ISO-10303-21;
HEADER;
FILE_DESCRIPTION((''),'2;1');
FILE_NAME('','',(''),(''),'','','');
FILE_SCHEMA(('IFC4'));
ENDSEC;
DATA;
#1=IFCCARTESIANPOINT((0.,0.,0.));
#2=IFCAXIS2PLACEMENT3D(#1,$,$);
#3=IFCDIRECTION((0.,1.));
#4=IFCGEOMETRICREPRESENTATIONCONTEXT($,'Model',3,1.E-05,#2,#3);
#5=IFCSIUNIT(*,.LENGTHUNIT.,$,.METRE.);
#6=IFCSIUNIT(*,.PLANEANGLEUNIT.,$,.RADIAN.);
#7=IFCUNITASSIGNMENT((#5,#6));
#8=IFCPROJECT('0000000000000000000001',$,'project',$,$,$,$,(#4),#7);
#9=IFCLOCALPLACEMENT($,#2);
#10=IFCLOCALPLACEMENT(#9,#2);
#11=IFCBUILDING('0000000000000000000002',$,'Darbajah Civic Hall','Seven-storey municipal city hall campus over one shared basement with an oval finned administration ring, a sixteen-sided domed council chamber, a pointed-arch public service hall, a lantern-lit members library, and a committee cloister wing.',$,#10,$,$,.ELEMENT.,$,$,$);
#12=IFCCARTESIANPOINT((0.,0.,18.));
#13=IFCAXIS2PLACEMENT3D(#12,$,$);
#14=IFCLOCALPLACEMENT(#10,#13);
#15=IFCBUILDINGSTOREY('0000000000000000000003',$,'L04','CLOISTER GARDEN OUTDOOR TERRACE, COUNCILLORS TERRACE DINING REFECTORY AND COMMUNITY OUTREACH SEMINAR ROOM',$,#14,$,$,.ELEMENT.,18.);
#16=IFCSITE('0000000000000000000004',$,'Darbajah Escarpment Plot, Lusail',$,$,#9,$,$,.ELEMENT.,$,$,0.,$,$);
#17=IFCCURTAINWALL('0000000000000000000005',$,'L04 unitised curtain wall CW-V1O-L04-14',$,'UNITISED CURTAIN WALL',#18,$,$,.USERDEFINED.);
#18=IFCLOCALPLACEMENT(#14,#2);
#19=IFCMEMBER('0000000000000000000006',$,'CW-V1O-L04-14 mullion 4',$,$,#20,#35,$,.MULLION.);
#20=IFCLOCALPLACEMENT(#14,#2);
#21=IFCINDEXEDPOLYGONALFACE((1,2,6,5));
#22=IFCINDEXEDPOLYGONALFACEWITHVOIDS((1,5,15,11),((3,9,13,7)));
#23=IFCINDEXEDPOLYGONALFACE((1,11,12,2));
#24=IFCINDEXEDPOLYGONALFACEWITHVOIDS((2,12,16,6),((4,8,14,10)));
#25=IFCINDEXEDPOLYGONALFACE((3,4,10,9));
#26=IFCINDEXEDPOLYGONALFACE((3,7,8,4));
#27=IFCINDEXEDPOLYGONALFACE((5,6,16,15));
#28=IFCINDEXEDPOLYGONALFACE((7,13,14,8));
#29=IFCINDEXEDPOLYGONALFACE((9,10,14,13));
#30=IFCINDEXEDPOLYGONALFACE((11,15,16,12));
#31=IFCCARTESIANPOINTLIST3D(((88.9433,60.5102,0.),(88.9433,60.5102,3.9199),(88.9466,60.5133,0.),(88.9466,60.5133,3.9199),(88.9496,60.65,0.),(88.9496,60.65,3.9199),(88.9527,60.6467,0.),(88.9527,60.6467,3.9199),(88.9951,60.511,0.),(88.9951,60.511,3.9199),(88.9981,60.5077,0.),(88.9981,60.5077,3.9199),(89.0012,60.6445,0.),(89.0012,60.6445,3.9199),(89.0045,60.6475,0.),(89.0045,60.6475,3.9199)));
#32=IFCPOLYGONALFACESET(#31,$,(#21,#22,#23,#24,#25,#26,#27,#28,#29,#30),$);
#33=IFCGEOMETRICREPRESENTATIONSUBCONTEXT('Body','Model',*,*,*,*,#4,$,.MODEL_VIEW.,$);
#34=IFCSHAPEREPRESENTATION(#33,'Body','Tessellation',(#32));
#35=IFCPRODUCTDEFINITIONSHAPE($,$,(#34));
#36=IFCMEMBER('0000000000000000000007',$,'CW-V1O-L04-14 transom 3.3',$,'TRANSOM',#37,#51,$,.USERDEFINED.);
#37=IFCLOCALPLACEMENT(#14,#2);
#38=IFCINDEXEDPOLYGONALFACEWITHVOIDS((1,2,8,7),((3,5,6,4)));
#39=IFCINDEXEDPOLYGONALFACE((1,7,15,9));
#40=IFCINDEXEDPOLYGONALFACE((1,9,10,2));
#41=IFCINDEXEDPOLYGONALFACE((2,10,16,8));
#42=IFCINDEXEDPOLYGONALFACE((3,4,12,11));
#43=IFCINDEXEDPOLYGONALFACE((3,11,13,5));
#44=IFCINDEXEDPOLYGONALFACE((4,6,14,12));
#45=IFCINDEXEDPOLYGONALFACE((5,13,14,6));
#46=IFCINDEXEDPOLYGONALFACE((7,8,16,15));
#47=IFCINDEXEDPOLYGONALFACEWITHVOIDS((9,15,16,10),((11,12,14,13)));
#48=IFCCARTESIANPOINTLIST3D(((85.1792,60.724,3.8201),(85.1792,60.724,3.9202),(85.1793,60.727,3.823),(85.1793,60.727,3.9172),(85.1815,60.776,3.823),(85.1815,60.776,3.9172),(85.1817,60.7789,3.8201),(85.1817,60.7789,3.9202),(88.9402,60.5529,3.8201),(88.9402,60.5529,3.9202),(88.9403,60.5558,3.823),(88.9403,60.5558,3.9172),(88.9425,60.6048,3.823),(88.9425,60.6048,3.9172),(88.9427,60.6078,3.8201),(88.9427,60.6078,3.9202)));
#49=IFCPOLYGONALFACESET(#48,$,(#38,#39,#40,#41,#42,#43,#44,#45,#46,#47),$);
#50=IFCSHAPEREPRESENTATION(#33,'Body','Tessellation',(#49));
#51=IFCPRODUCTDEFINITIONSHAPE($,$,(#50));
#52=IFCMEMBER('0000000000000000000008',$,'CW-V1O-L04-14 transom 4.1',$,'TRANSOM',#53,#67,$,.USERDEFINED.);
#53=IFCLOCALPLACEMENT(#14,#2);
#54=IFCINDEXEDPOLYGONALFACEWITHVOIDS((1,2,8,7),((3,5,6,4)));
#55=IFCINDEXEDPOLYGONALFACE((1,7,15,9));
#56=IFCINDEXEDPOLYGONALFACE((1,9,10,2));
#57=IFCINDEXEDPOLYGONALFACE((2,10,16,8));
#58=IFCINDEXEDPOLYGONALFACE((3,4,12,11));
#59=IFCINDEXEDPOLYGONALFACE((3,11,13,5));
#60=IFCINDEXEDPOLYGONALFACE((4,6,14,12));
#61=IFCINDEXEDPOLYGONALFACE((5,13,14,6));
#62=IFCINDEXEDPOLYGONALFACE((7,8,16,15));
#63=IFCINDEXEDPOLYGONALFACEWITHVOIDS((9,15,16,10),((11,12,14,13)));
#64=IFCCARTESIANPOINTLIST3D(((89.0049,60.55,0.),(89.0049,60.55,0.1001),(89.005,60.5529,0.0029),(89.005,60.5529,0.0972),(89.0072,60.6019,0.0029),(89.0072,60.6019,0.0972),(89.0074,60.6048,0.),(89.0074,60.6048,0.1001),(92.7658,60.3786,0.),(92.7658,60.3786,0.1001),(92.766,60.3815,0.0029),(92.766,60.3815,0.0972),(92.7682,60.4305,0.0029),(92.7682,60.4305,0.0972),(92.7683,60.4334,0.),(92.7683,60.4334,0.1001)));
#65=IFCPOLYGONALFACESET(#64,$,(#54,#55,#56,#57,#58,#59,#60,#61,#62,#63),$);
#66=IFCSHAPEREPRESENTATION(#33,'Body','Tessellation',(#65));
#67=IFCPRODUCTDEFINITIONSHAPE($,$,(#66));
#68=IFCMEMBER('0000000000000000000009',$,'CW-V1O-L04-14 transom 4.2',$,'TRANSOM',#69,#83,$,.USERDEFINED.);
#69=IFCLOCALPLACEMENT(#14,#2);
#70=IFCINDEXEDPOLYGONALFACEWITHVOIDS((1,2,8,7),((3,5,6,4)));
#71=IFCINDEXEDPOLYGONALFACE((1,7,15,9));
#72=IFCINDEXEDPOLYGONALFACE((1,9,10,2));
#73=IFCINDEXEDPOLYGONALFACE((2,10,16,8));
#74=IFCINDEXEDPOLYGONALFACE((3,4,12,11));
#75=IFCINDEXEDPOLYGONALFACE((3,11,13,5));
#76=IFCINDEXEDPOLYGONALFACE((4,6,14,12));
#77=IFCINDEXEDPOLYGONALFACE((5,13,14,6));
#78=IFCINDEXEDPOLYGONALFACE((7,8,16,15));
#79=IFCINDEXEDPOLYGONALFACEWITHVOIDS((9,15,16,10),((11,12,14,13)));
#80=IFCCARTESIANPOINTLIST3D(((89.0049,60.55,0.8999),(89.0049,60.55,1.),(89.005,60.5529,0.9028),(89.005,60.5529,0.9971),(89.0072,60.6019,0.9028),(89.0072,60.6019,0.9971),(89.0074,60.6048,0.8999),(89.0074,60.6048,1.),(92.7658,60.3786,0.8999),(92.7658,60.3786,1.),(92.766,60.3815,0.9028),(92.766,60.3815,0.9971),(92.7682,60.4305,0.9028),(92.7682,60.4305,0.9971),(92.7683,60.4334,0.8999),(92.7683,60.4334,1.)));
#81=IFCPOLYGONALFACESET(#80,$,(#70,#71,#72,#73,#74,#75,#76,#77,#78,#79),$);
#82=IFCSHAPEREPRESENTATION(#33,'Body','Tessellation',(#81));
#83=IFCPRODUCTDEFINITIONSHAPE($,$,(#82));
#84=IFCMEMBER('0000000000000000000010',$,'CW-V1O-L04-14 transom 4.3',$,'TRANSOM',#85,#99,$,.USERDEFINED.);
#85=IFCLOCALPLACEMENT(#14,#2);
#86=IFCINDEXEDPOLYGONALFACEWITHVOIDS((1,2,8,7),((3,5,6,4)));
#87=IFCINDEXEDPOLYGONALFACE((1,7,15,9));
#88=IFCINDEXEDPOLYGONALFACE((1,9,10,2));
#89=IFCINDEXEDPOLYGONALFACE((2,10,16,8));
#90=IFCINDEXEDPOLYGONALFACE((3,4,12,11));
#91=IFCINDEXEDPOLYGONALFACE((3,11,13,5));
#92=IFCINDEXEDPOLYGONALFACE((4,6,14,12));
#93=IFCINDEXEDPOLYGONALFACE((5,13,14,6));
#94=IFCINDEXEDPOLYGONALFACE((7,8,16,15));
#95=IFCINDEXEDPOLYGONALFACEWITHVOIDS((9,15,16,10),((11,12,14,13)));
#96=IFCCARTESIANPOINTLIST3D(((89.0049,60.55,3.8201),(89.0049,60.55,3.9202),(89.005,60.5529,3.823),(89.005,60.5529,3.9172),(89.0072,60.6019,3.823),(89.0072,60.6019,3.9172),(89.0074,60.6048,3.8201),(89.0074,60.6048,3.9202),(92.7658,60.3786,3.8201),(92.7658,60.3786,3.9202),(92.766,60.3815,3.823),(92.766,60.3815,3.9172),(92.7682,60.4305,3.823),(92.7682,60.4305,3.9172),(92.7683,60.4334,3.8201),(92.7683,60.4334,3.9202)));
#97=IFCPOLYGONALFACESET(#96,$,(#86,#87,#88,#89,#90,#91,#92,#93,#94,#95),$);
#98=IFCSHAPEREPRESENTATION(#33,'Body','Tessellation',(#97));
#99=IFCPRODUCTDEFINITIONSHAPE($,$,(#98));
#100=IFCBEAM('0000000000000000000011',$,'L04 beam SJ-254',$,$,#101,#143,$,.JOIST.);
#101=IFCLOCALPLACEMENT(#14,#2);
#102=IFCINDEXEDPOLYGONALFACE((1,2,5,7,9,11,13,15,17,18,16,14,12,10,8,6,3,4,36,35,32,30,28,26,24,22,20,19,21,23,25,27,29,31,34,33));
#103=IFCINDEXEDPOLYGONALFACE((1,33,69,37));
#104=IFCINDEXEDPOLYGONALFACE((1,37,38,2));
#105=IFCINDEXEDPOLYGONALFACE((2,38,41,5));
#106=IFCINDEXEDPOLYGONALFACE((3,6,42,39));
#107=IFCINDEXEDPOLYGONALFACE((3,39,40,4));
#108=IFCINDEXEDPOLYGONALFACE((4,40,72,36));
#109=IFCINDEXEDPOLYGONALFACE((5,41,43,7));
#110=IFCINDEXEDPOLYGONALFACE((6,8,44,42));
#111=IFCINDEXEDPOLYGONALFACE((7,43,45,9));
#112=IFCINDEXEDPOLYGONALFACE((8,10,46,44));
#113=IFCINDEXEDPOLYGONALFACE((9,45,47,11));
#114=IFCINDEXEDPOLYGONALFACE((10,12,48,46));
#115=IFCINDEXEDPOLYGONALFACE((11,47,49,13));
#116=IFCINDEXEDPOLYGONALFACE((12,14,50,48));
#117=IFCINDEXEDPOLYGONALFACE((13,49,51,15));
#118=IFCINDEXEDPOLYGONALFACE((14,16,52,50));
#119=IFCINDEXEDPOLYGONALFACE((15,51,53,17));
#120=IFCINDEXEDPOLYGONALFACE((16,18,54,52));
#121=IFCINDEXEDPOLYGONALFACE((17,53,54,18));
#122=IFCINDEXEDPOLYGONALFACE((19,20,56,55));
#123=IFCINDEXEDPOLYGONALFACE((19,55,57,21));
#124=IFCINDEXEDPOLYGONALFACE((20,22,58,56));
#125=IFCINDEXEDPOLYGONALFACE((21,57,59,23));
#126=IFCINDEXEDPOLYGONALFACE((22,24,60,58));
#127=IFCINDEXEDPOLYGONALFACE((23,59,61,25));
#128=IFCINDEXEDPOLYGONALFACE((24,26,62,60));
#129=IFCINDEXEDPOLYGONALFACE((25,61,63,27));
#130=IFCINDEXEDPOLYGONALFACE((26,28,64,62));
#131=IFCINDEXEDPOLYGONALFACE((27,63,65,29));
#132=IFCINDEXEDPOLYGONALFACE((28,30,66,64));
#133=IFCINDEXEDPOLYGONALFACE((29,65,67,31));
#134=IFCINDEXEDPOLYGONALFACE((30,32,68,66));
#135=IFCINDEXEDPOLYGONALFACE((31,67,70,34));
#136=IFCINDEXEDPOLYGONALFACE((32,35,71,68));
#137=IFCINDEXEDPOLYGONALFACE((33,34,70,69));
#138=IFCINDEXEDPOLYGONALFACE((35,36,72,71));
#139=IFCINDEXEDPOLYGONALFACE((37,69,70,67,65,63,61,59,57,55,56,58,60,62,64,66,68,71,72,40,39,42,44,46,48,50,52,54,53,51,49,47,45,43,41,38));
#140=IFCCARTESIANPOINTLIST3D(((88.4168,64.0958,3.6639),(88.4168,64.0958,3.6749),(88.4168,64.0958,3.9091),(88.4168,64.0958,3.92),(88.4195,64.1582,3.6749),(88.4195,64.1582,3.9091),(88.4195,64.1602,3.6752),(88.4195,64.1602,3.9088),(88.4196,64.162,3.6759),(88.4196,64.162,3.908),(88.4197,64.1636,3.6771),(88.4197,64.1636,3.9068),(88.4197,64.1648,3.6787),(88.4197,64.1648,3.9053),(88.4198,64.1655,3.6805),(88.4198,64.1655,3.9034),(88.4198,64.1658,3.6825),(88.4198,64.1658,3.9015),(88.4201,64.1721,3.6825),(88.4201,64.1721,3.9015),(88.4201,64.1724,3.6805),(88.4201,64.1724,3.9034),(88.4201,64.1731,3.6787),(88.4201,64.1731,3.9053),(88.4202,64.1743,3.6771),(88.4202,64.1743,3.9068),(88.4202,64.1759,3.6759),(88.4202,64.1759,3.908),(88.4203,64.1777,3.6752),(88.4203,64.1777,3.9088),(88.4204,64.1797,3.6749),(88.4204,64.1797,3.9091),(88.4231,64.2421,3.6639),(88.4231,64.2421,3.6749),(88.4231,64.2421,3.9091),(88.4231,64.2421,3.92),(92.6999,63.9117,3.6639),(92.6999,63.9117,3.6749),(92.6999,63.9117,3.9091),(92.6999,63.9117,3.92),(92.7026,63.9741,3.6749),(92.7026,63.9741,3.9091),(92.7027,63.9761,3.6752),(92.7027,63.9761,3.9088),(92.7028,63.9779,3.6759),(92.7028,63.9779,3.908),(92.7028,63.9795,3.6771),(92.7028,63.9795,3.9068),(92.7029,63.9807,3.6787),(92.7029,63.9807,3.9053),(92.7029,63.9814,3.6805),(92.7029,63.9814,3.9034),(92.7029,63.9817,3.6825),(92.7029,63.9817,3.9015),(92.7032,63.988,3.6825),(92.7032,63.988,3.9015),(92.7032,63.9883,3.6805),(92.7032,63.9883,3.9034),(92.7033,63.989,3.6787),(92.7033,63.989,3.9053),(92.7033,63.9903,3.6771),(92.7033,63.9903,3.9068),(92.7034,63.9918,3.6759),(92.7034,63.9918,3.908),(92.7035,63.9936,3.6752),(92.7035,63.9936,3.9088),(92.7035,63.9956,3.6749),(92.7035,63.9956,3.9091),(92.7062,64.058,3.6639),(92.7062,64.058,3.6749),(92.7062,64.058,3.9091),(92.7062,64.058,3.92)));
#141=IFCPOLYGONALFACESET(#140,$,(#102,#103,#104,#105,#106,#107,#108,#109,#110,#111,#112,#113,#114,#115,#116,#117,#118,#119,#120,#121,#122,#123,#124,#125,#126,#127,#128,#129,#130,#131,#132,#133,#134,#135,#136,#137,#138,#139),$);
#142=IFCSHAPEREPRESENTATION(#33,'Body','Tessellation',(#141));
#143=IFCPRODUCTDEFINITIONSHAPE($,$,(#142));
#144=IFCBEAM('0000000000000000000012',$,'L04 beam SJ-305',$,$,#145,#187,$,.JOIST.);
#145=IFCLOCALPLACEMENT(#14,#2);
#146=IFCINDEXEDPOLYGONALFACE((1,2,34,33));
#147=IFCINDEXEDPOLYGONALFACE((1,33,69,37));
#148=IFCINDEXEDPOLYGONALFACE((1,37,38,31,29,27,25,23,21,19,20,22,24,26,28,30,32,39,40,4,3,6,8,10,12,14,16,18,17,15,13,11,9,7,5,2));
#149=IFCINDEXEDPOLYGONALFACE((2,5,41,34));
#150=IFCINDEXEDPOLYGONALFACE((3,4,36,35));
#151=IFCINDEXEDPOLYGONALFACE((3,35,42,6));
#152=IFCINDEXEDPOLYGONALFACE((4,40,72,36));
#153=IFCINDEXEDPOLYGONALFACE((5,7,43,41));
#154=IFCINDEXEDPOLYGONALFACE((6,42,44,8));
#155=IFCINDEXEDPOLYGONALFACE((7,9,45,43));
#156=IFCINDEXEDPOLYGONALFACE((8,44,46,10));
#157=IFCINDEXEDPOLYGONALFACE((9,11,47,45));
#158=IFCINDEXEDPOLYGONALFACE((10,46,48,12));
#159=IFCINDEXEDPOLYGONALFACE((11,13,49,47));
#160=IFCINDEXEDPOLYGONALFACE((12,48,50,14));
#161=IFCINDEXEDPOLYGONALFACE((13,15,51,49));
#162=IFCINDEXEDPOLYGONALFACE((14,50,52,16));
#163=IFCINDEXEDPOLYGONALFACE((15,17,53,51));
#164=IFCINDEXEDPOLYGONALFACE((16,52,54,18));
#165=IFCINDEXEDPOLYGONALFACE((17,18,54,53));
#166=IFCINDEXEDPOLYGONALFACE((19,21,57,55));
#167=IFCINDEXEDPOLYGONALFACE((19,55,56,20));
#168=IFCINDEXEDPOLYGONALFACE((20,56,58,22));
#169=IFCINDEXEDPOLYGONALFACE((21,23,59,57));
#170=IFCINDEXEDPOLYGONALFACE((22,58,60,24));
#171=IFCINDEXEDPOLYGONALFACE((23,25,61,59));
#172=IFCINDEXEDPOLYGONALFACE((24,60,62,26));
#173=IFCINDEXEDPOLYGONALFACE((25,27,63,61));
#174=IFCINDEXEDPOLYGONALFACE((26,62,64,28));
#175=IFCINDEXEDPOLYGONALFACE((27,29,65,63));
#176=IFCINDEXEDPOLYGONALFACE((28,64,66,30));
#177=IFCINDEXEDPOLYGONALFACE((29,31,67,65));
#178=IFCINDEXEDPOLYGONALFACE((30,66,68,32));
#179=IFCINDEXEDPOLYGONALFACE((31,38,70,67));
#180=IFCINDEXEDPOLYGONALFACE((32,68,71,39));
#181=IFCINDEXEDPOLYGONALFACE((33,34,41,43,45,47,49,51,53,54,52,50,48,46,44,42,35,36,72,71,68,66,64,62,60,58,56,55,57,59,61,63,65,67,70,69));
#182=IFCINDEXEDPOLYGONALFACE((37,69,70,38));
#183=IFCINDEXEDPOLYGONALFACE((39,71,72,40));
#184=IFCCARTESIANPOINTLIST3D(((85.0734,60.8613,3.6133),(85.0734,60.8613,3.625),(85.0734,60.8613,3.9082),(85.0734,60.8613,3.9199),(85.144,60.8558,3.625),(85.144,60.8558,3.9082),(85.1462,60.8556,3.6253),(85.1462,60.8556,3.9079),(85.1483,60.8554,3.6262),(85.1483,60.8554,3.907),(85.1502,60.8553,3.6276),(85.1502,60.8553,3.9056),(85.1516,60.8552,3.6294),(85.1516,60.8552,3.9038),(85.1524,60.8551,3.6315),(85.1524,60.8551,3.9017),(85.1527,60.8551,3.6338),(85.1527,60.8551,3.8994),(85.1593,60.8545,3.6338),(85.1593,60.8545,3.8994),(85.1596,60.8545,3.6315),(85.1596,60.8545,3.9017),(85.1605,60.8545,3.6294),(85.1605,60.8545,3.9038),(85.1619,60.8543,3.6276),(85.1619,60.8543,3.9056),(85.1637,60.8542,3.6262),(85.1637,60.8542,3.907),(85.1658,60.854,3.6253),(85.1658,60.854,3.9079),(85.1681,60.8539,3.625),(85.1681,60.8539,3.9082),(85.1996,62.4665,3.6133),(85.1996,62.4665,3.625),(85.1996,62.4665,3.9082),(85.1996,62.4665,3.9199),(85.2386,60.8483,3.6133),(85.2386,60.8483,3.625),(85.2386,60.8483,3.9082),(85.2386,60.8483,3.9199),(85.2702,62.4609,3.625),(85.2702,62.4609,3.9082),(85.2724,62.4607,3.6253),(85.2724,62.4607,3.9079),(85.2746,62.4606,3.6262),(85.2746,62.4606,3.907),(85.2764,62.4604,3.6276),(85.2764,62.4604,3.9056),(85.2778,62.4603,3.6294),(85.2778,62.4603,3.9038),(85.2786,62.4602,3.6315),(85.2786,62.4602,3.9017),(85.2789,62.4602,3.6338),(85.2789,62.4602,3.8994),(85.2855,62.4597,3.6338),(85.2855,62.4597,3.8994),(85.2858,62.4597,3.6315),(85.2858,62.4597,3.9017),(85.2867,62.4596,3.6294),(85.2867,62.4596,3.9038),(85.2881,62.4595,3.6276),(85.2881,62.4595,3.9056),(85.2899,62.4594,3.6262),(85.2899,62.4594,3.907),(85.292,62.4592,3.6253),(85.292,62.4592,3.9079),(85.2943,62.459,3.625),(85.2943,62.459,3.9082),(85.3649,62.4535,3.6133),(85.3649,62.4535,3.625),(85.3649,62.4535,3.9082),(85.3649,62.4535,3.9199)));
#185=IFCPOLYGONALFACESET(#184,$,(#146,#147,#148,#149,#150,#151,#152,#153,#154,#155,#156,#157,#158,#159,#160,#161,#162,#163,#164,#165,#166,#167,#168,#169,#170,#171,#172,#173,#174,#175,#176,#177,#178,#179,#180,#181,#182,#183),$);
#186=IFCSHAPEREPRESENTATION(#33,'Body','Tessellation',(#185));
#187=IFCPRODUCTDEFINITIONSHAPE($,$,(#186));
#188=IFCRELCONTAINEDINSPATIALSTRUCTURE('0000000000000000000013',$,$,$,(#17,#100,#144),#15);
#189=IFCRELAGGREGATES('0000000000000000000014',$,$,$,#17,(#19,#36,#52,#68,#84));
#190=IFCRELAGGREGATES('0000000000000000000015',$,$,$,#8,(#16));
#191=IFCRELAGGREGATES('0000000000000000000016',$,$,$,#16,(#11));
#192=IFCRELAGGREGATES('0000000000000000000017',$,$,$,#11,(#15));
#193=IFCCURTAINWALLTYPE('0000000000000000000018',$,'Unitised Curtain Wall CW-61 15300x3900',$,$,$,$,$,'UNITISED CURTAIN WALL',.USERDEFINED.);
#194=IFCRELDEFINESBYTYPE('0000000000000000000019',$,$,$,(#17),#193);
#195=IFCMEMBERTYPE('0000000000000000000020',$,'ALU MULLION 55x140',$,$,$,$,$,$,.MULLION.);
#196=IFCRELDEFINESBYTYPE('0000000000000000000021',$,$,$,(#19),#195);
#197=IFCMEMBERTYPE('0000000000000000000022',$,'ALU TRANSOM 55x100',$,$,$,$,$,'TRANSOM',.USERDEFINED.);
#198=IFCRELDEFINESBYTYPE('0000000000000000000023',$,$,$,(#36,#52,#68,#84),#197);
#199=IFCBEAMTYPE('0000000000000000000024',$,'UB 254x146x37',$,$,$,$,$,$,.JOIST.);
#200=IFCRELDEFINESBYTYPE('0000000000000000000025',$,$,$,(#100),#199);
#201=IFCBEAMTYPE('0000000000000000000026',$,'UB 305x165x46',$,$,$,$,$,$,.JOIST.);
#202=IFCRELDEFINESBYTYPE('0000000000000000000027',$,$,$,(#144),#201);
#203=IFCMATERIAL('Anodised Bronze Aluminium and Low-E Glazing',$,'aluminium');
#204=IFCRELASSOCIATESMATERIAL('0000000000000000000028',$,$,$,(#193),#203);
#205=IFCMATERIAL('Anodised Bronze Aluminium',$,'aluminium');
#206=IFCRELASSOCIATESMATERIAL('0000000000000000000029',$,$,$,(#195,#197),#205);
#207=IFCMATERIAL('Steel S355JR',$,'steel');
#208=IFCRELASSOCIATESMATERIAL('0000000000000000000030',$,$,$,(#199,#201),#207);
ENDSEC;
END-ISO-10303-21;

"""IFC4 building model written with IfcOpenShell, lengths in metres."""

from ifc_helpers import new_model, si_unit, direction, frame, origin, origin_2d, place, context, subcontext, project, spatial, hollow_rectangle, i_section, extrude, material, material_profile, profile_set, type_object, element, aggregate, save


model = new_model("IFC4")

# Units and contexts
model_context = context("Model", 3, precision=1e-05, world=origin(), true_north=direction((0.0, 1.0)))
body_context = subcontext(model_context, "Body", "Model", "MODEL_VIEW")
ifc_project = project(units=[si_unit("LENGTHUNIT", "METRE"), si_unit("PLANEANGLEUNIT", "RADIAN")], contexts=[model_context])

# Site, building, storey
site_placement = place(None, origin())
site = spatial("IfcSite", under=ifc_project, at=site_placement, Name="Darbajah Escarpment Plot, Lusail", CompositionType="ELEMENT", RefElevation=0.0)
building_placement = place(site_placement, origin())
building = spatial("IfcBuilding", under=site, at=building_placement, Name="Darbajah Civic Hall", Description="Seven-storey municipal city hall campus over one shared basement with an oval finned administration ring, a sixteen-sided domed council chamber, a pointed-arch public service hall, a lantern-lit members library, and a committee cloister wing.", CompositionType="ELEMENT")
storey_placement = place(building_placement, frame((0.0, 0.0, 18.0)))
storey = spatial("IfcBuildingStorey", under=building, at=storey_placement, Name="L04", Description="CLOISTER GARDEN OUTDOOR TERRACE, COUNCILLORS TERRACE DINING REFECTORY AND COMMUNITY OUTREACH SEMINAR ROOM", CompositionType="ELEMENT", Elevation=18.0)

# Curtain wall, members
ifc_material_1 = material(Name="Anodised Bronze Aluminium and Low-E Glazing", Category="aluminium")
curtain_wall_type = type_object("IfcCurtainWallType", Name="Unitised Curtain Wall CW-61 15300x3900", ElementType="UNITISED CURTAIN WALL", PredefinedType="USERDEFINED", material=ifc_material_1)
curtain_wall_placement = place(storey_placement, origin())
curtain_wall = element("IfcCurtainWall", 1, at=curtain_wall_placement, inside=storey, type_object=curtain_wall_type, Name="L04 unitised curtain wall CW-V1O-L04-14", ObjectType="UNITISED CURTAIN WALL", PredefinedType="USERDEFINED")
ifc_material_2 = material(Name="Anodised Bronze Aluminium", Category="aluminium")
ifc_material_profile_1 = material_profile(ifc_material_2, hollow_rectangle(XDim=0.0549, YDim=0.1399, WallThickness=0.0032, at=origin_2d()), Name="ALU MULLION 55x140")
ifc_profile_set_1 = profile_set([ifc_material_profile_1], Name="Anodised Bronze Aluminium")
member_type_1 = type_object("IfcMemberType", Name="ALU MULLION 55x140", PredefinedType="MULLION", material=ifc_profile_set_1)
member_1_placement = place(storey_placement, frame((88.9739, 60.5789, 0.0), z_axis=(0.0, 0.0, 1.0), x_axis=(0.998963, -0.045537, 0.0)))
member_1 = element("IfcMember", 2, at=member_1_placement, type_object=member_type_1, Name="CW-V1O-L04-14 mullion 4", PredefinedType="MULLION", context=body_context, shape_type="SweptSolid", body=[
    extrude(hollow_rectangle(XDim=0.0549, YDim=0.1399, WallThickness=0.0032, at=origin_2d()), origin(), (0.0, 0.0, 1.0), 3.9199),
])
ifc_material_profile_2 = material_profile(ifc_material_2, hollow_rectangle(XDim=0.0549, YDim=0.1001, WallThickness=0.0029, at=origin_2d()), Name="ALU TRANSOM 55x100")
ifc_profile_set_2 = profile_set([ifc_material_profile_2], Name="Anodised Bronze Aluminium")
member_type_2 = type_object("IfcMemberType", Name="ALU TRANSOM 55x100", ElementType="TRANSOM", PredefinedType="USERDEFINED", material=ifc_profile_set_2)
member_2_placement = place(storey_placement, frame((85.1804, 60.7515, 3.8701), z_axis=(0.998966, -0.045458, 0.0), x_axis=(0.045458, 0.998966, 0.0)))
member_2 = element("IfcMember", 3, at=member_2_placement, type_object=member_type_2, Name="CW-V1O-L04-14 transom 3.3", ObjectType="TRANSOM", PredefinedType="USERDEFINED", context=body_context, shape_type="SweptSolid", body=[
    extrude(hollow_rectangle(XDim=0.0549, YDim=0.1001, WallThickness=0.0029, at=origin_2d()), origin(), (0.0, 0.0, 1.0), 3.7649),
])
member_3_placement = place(storey_placement, frame((89.0061, 60.5774, 0.05), z_axis=(0.998963, -0.045522, 0.0), x_axis=(0.045522, 0.998963, 0.0)))
member_3 = element("IfcMember", 4, at=member_3_placement, type_object=member_type_2, Name="CW-V1O-L04-14 transom 4.1", ObjectType="TRANSOM", PredefinedType="USERDEFINED", context=body_context, shape_type="SweptSolid", body=[
    extrude(hollow_rectangle(XDim=0.0549, YDim=0.1001, WallThickness=0.0029, at=origin_2d()), origin(), (0.0, 0.0, 1.0), 3.7649),
])
member_4_placement = place(storey_placement, frame((89.0061, 60.5774, 0.95), z_axis=(0.998963, -0.045522, 0.0), x_axis=(0.045522, 0.998963, 0.0)))
member_4 = element("IfcMember", 5, at=member_4_placement, type_object=member_type_2, Name="CW-V1O-L04-14 transom 4.2", ObjectType="TRANSOM", PredefinedType="USERDEFINED", context=body_context, shape_type="SweptSolid", body=[
    extrude(hollow_rectangle(XDim=0.0549, YDim=0.1001, WallThickness=0.0029, at=origin_2d()), origin(), (0.0, 0.0, 1.0), 3.7649),
])
member_5_placement = place(storey_placement, frame((89.0061, 60.5774, 3.8701), z_axis=(0.998963, -0.045522, 0.0), x_axis=(0.045522, 0.998963, 0.0)))
member_5 = element("IfcMember", 6, at=member_5_placement, type_object=member_type_2, Name="CW-V1O-L04-14 transom 4.3", ObjectType="TRANSOM", PredefinedType="USERDEFINED", context=body_context, shape_type="SweptSolid", body=[
    extrude(hollow_rectangle(XDim=0.0549, YDim=0.1001, WallThickness=0.0029, at=origin_2d()), origin(), (0.0, 0.0, 1.0), 3.7649),
])

# Beams
ifc_material_3 = material(Name="Steel S355JR", Category="steel")
ifc_material_profile_3 = material_profile(ifc_material_3, i_section(OverallWidth=0.1465, OverallDepth=0.2561, WebThickness=0.0063, FlangeThickness=0.011, FilletRadius=0.0076, at=origin_2d()), Name="UB 254x146x37")
ifc_profile_set_3 = profile_set([ifc_material_profile_3], Name="Steel S355JR")
beam_type_1 = type_object("IfcBeamType", Name="UB 254x146x37", PredefinedType="JOIST", material=ifc_profile_set_3)
beam_1_placement = place(storey_placement, frame((88.4199, 64.1689, 3.792), z_axis=(0.999078, -0.042938, 0.0), x_axis=(0.042938, 0.999078, 0.0)))
element("IfcBeam", 7, at=beam_1_placement, inside=storey, type_object=beam_type_1, Name="L04 beam SJ-254", PredefinedType="JOIST", context=body_context, shape_type="SweptSolid", body=[
    extrude(i_section(OverallWidth=0.1465, OverallDepth=0.2561, WebThickness=0.0063, FlangeThickness=0.011, FilletRadius=0.0076, at=origin_2d()), origin(), (0.0, 0.0, 1.0), 4.2871),
])
ifc_material_profile_4 = material_profile(ifc_material_3, i_section(OverallWidth=0.1658, OverallDepth=0.3066, WebThickness=0.0066, FlangeThickness=0.0117, FilletRadius=0.0088, at=origin_2d()), Name="UB 305x165x46")
ifc_profile_set_4 = profile_set([ifc_material_profile_4], Name="Steel S355JR")
beam_type_2 = type_object("IfcBeamType", Name="UB 305x165x46", PredefinedType="JOIST", material=ifc_profile_set_4)
beam_2_placement = place(storey_placement, frame((85.2822, 62.46, 3.7666), z_axis=(-0.078389, -0.996923, 0.0), x_axis=(0.996923, -0.078389, 0.0)))
element("IfcBeam", 8, at=beam_2_placement, inside=storey, type_object=beam_type_2, Name="L04 beam SJ-305", PredefinedType="JOIST", context=body_context, shape_type="SweptSolid", body=[
    extrude(i_section(OverallWidth=0.1658, OverallDepth=0.3066, WebThickness=0.0066, FlangeThickness=0.0117, FilletRadius=0.0088, at=origin_2d()), origin(), (0.0, 0.0, 1.0), 1.6101),
])

aggregate(curtain_wall, [member_1, member_2, member_3, member_4, member_5])

save(model, "model.ifc")
